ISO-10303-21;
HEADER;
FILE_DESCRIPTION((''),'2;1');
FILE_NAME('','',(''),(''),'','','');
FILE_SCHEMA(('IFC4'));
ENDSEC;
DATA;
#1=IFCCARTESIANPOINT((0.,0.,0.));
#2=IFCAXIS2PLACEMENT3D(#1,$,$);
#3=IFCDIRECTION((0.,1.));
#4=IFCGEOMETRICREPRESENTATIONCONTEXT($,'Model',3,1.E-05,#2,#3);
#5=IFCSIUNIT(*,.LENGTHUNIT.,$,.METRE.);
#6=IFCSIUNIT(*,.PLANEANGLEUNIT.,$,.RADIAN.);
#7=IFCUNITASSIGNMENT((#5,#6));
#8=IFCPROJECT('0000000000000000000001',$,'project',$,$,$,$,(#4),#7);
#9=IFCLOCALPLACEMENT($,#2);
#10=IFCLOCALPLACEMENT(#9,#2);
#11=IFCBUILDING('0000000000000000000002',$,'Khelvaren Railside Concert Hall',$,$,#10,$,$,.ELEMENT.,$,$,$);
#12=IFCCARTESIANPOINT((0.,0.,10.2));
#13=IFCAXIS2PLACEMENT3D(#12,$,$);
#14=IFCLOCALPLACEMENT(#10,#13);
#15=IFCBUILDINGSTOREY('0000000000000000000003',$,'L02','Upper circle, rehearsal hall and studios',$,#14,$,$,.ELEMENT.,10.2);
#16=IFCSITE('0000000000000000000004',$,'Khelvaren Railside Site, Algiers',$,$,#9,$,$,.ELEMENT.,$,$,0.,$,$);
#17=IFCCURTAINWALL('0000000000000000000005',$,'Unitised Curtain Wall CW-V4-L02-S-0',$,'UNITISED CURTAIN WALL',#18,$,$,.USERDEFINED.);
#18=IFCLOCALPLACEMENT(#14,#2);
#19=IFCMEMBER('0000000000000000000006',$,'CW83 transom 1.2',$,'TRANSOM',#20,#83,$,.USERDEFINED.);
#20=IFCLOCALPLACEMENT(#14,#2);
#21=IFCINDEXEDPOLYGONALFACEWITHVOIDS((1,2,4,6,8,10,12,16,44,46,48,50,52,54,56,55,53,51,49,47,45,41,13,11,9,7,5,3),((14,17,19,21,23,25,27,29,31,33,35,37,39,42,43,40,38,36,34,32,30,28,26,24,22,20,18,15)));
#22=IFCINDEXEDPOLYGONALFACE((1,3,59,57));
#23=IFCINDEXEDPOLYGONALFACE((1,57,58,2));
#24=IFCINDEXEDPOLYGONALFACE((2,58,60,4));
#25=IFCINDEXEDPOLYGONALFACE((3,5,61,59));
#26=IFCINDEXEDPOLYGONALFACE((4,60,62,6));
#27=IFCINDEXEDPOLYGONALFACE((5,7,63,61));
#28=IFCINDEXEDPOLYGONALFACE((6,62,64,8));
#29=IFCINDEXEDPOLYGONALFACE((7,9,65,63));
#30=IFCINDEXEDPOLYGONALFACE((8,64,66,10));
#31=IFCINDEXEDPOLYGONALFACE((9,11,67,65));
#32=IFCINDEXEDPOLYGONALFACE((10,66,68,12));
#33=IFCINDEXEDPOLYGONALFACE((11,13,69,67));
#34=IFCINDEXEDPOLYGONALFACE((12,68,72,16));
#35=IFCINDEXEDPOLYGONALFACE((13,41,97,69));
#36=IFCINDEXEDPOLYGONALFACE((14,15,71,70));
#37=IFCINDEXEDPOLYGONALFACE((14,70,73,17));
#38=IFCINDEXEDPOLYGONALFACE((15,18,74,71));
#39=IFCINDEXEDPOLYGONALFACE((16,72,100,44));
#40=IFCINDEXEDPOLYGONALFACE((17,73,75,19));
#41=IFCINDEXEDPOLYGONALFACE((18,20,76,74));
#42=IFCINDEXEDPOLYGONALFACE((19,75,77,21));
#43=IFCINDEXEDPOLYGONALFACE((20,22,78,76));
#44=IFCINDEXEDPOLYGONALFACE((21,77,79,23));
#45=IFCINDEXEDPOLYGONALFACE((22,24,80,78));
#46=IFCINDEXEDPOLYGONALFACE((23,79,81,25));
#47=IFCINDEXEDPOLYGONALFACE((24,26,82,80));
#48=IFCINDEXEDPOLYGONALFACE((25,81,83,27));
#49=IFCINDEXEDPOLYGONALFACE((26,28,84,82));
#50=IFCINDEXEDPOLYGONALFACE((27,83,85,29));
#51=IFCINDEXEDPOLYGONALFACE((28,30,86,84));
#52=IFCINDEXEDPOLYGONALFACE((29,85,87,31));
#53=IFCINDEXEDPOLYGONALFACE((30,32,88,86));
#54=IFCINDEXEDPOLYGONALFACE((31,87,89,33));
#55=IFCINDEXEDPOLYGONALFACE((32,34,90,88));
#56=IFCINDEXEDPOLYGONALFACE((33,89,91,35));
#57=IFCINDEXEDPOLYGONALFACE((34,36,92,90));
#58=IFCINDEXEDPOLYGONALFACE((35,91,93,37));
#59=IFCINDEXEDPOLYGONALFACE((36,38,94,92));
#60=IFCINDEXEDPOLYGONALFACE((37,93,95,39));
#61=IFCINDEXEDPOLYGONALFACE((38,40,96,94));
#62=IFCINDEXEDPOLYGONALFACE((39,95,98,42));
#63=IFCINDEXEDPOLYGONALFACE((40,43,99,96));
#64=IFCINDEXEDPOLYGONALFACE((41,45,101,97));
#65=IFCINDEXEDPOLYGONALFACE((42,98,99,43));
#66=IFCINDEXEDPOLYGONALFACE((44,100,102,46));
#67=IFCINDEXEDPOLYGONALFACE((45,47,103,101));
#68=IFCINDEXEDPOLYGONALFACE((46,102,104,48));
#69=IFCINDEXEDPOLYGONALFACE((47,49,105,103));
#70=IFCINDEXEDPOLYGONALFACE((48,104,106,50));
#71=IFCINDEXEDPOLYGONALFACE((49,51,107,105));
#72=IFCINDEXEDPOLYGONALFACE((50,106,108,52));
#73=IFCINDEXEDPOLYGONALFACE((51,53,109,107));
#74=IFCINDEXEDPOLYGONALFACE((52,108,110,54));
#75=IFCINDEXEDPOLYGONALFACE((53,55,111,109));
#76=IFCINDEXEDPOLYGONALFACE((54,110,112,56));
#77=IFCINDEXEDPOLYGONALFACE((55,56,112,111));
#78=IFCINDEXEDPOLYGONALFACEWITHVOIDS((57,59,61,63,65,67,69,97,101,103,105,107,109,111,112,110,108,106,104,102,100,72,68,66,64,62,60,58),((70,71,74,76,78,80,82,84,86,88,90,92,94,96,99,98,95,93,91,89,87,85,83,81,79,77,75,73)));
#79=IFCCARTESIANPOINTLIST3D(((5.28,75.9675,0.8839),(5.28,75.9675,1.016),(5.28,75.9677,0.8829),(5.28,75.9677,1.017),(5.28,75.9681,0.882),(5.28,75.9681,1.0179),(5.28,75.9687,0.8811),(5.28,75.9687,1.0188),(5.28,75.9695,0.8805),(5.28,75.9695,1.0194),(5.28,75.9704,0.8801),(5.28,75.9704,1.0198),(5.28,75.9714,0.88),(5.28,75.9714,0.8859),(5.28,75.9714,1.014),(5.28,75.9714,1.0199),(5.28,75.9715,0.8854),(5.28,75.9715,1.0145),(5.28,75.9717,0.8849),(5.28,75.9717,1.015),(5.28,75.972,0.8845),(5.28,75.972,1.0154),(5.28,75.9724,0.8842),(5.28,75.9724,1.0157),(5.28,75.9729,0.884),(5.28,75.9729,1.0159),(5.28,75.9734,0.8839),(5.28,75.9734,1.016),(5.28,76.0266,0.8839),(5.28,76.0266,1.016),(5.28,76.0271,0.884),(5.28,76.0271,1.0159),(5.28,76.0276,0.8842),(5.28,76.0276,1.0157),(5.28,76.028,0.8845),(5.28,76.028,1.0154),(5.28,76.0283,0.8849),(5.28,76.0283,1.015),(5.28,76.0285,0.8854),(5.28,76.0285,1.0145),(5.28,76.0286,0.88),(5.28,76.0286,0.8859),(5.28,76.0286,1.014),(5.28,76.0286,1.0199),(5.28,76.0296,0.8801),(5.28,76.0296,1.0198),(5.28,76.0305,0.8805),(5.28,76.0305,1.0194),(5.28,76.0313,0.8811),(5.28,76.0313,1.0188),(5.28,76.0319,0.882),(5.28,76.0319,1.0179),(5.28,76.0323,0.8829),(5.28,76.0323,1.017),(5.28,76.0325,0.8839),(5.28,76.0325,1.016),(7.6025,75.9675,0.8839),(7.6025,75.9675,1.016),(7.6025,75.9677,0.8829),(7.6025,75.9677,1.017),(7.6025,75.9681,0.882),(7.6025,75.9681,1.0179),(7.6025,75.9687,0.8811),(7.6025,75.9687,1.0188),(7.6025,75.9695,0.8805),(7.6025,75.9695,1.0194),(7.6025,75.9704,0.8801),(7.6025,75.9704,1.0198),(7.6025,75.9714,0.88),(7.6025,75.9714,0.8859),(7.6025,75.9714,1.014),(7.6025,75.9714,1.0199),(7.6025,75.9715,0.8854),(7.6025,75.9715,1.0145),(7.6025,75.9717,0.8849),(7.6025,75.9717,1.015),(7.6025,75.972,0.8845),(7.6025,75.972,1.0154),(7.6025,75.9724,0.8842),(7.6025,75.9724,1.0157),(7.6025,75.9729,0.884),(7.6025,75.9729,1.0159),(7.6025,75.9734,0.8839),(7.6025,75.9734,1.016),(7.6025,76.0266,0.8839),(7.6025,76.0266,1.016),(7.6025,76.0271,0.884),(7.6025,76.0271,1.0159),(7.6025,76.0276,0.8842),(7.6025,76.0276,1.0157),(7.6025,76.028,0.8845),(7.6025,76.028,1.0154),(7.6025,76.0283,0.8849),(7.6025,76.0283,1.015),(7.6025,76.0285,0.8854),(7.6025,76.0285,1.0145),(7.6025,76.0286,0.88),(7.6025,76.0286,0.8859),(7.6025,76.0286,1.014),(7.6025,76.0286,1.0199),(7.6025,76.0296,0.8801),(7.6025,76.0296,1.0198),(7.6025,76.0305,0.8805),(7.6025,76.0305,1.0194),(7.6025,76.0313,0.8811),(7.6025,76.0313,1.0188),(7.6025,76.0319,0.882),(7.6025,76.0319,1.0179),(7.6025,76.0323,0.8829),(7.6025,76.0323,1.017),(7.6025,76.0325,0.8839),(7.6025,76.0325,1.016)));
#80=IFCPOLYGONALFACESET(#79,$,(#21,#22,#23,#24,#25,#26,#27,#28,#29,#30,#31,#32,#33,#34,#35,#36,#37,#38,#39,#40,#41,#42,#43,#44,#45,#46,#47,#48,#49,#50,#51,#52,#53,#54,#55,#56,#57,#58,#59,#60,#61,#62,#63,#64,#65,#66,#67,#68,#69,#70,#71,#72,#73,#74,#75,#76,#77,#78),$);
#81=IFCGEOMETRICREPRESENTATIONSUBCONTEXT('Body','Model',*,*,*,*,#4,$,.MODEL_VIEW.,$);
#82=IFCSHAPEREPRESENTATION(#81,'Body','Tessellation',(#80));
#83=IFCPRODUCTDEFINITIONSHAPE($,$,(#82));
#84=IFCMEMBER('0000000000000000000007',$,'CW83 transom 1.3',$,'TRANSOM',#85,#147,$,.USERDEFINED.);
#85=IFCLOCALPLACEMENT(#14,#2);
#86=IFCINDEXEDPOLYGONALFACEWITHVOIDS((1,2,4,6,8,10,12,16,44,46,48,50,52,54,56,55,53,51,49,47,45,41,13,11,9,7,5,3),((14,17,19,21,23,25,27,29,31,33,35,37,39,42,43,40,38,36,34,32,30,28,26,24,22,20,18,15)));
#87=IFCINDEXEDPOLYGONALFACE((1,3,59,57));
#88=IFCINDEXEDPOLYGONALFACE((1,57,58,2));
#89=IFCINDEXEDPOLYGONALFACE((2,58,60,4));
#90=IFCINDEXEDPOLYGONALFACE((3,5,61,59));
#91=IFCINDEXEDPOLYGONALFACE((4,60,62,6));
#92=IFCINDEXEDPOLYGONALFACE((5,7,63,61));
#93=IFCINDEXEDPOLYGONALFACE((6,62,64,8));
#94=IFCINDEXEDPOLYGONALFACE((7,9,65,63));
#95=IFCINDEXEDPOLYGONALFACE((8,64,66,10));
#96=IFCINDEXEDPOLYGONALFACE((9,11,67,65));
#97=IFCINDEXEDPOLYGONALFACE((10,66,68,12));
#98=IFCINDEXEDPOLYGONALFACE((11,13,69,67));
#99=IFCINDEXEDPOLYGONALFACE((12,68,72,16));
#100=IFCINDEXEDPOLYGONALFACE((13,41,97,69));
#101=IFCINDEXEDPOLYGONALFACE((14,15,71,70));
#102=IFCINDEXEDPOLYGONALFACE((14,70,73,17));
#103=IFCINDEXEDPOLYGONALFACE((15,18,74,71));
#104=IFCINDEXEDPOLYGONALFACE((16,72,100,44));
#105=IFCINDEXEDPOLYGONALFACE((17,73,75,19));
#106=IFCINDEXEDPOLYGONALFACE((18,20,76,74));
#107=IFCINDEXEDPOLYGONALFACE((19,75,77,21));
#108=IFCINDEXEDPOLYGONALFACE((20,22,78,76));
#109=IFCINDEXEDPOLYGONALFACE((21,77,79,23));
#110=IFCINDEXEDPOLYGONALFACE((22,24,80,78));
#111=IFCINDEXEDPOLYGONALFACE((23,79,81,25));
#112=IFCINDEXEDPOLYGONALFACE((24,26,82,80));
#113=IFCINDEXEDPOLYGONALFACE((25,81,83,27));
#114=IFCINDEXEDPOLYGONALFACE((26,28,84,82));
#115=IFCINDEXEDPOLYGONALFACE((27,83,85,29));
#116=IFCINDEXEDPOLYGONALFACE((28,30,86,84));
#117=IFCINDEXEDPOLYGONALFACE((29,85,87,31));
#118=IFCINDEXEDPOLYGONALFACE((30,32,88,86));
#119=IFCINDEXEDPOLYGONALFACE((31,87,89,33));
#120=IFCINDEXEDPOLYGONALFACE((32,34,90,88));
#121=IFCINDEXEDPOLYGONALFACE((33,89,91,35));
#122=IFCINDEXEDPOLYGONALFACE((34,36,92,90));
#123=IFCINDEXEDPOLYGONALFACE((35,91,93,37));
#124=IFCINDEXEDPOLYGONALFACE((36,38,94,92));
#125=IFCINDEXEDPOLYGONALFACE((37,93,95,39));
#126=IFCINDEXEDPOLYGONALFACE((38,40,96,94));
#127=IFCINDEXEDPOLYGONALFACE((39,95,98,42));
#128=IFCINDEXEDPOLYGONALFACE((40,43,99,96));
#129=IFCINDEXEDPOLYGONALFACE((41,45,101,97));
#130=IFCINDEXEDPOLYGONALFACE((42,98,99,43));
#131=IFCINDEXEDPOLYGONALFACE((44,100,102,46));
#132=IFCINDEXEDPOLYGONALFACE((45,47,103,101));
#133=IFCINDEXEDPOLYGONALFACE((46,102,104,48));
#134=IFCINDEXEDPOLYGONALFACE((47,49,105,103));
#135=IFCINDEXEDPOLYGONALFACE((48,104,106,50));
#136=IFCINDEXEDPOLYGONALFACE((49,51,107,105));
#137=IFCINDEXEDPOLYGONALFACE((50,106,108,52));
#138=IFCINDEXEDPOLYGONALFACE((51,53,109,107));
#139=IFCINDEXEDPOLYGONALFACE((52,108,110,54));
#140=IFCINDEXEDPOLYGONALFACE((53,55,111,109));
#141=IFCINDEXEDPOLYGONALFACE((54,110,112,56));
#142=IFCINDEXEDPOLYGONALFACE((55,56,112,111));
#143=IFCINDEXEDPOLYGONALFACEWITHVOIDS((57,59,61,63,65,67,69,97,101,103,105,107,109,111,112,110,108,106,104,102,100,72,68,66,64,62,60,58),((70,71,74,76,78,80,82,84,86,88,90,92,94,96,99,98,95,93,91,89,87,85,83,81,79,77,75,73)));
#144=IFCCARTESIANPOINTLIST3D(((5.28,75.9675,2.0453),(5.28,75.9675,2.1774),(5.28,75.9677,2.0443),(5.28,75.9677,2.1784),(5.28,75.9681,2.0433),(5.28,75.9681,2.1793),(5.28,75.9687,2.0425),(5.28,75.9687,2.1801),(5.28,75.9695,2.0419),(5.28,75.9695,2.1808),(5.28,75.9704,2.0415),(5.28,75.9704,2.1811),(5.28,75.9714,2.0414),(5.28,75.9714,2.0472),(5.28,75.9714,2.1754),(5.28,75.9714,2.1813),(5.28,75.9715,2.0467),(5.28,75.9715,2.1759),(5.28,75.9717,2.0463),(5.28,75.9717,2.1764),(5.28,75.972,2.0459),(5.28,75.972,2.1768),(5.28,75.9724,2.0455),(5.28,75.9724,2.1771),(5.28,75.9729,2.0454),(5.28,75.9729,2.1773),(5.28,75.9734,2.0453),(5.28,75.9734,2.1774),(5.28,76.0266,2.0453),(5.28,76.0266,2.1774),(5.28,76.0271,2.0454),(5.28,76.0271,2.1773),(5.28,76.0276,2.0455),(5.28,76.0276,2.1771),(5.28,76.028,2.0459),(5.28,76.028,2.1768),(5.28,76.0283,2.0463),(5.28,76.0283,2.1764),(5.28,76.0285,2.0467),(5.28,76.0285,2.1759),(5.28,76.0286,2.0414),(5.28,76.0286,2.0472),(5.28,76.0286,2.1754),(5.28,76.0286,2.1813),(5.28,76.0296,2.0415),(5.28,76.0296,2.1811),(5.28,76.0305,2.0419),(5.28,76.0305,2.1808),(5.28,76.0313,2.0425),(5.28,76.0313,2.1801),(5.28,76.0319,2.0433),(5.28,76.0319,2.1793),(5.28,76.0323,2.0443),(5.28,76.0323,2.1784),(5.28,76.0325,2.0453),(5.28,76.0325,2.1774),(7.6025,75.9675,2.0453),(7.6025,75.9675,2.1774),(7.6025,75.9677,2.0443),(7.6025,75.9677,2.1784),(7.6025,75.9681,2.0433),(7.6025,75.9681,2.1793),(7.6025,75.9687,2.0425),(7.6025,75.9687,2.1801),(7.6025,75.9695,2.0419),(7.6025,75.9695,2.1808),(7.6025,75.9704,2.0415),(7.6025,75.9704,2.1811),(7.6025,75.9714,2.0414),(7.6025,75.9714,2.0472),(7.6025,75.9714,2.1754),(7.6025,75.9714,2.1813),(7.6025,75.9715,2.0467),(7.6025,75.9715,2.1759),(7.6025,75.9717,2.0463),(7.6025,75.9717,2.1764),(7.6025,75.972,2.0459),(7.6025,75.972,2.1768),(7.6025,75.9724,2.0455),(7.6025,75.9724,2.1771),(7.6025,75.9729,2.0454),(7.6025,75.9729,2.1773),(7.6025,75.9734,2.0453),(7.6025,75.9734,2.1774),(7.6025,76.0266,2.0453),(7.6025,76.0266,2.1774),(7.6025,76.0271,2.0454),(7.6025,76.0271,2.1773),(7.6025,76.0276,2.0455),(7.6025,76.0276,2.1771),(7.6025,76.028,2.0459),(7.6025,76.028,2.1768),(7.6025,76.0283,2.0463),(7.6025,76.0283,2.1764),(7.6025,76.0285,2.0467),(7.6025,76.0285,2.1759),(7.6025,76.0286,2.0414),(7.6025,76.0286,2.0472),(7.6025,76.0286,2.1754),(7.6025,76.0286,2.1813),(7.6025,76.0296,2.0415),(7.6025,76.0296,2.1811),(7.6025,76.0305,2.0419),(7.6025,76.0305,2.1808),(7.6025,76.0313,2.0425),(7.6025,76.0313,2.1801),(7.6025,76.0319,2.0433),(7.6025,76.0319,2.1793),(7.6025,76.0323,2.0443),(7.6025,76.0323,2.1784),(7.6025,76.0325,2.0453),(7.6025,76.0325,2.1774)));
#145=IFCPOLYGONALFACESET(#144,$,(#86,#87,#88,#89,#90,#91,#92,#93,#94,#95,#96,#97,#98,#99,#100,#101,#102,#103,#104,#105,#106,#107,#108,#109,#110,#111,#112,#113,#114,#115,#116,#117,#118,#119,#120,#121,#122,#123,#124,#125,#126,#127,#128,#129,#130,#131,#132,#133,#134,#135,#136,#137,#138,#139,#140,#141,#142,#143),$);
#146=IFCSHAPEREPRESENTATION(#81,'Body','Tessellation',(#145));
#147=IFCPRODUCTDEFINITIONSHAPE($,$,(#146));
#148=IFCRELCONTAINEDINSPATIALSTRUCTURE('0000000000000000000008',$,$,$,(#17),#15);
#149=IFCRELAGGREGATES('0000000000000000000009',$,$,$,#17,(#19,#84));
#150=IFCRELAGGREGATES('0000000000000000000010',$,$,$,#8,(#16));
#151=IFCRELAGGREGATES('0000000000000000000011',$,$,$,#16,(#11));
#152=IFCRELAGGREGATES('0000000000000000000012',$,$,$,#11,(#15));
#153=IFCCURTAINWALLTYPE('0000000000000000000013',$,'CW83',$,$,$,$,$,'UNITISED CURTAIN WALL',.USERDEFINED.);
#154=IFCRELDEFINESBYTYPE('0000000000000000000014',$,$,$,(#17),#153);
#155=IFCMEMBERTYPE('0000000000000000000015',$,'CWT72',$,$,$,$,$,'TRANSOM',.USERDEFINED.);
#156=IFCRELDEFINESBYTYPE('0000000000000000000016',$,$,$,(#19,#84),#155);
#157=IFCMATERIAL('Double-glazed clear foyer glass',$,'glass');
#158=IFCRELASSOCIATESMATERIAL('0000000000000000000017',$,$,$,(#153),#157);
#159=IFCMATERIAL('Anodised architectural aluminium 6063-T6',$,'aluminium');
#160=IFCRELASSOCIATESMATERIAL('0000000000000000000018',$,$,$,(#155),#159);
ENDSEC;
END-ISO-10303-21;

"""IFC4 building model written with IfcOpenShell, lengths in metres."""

from ifc_helpers import new_model, si_unit, direction, frame, origin, origin_2d, place, context, subcontext, project, spatial, hollow_rectangle, extrude, material, material_profile, profile_set, type_object, element, aggregate, save


model = new_model("IFC4")

# Units and contexts
model_context = context("Model", 3, precision=1e-05, world=origin(), true_north=direction((0.0, 1.0)))
body_context = subcontext(model_context, "Body", "Model", "MODEL_VIEW")
ifc_project = project(units=[si_unit("LENGTHUNIT", "METRE"), si_unit("PLANEANGLEUNIT", "RADIAN")], contexts=[model_context])

# Site, building, storey
site_placement = place(None, origin())
site = spatial("IfcSite", under=ifc_project, at=site_placement, Name="Khelvaren Railside Site, Algiers", CompositionType="ELEMENT", RefElevation=0.0)
building_placement = place(site_placement, origin())
building = spatial("IfcBuilding", under=site, at=building_placement, Name="Khelvaren Railside Concert Hall", CompositionType="ELEMENT")
storey_placement = place(building_placement, frame((0.0, 0.0, 10.2)))
storey = spatial("IfcBuildingStorey", under=building, at=storey_placement, Name="L02", Description="Upper circle, rehearsal hall and studios", CompositionType="ELEMENT", Elevation=10.2)

# Curtain wall, members
ifc_material_1 = material(Name="Double-glazed clear foyer glass", Category="glass")
curtain_wall_type = type_object("IfcCurtainWallType", Name="CW83", ElementType="UNITISED CURTAIN WALL", PredefinedType="USERDEFINED", material=ifc_material_1)
curtain_wall_placement = place(storey_placement, origin())
curtain_wall = element("IfcCurtainWall", 1, at=curtain_wall_placement, inside=storey, type_object=curtain_wall_type, Name="Unitised Curtain Wall CW-V4-L02-S-0", ObjectType="UNITISED CURTAIN WALL", PredefinedType="USERDEFINED")
ifc_material_2 = material(Name="Anodised architectural aluminium 6063-T6", Category="aluminium")
ifc_material_profile_1 = material_profile(ifc_material_2, hollow_rectangle(XDim=0.0649, YDim=0.1399, WallThickness=0.0039, InnerFilletRadius=0.002, OuterFilletRadius=0.0039, at=origin_2d()), Name="CWT 65x140x4")
ifc_profile_set_1 = profile_set([ifc_material_profile_1], Name="Anodised architectural aluminium 6063-T6")
member_type_1 = type_object("IfcMemberType", Name="CWT72", ElementType="TRANSOM", PredefinedType="USERDEFINED", material=ifc_profile_set_1)
member_1_placement = place(storey_placement, frame((7.6025, 76.0, 0.95), z_axis=(-1.0, 0.0, 0.0), x_axis=(0.0, -1.0, 0.0)))
member_1 = element("IfcMember", 2, at=member_1_placement, type_object=member_type_1, Name="CW83 transom 1.2", ObjectType="TRANSOM", PredefinedType="USERDEFINED", context=body_context, shape_type="SweptSolid", body=[
    extrude(hollow_rectangle(XDim=0.0649, YDim=0.1399, WallThickness=0.0039, InnerFilletRadius=0.002, OuterFilletRadius=0.0039, at=origin_2d()), origin(), (0.0, 0.0, 1.0), 2.3225),
])
member_2_placement = place(storey_placement, frame((7.6025, 76.0, 2.1113), z_axis=(-1.0, 0.0, 0.0), x_axis=(0.0, -1.0, 0.0)))
member_2 = element("IfcMember", 3, at=member_2_placement, type_object=member_type_1, Name="CW83 transom 1.3", ObjectType="TRANSOM", PredefinedType="USERDEFINED", context=body_context, shape_type="SweptSolid", body=[
    extrude(hollow_rectangle(XDim=0.0649, YDim=0.1399, WallThickness=0.0039, InnerFilletRadius=0.002, OuterFilletRadius=0.0039, at=origin_2d()), origin(), (0.0, 0.0, 1.0), 2.3225),
])
aggregate(curtain_wall, [member_1, member_2])

save(model, "model.ifc")
